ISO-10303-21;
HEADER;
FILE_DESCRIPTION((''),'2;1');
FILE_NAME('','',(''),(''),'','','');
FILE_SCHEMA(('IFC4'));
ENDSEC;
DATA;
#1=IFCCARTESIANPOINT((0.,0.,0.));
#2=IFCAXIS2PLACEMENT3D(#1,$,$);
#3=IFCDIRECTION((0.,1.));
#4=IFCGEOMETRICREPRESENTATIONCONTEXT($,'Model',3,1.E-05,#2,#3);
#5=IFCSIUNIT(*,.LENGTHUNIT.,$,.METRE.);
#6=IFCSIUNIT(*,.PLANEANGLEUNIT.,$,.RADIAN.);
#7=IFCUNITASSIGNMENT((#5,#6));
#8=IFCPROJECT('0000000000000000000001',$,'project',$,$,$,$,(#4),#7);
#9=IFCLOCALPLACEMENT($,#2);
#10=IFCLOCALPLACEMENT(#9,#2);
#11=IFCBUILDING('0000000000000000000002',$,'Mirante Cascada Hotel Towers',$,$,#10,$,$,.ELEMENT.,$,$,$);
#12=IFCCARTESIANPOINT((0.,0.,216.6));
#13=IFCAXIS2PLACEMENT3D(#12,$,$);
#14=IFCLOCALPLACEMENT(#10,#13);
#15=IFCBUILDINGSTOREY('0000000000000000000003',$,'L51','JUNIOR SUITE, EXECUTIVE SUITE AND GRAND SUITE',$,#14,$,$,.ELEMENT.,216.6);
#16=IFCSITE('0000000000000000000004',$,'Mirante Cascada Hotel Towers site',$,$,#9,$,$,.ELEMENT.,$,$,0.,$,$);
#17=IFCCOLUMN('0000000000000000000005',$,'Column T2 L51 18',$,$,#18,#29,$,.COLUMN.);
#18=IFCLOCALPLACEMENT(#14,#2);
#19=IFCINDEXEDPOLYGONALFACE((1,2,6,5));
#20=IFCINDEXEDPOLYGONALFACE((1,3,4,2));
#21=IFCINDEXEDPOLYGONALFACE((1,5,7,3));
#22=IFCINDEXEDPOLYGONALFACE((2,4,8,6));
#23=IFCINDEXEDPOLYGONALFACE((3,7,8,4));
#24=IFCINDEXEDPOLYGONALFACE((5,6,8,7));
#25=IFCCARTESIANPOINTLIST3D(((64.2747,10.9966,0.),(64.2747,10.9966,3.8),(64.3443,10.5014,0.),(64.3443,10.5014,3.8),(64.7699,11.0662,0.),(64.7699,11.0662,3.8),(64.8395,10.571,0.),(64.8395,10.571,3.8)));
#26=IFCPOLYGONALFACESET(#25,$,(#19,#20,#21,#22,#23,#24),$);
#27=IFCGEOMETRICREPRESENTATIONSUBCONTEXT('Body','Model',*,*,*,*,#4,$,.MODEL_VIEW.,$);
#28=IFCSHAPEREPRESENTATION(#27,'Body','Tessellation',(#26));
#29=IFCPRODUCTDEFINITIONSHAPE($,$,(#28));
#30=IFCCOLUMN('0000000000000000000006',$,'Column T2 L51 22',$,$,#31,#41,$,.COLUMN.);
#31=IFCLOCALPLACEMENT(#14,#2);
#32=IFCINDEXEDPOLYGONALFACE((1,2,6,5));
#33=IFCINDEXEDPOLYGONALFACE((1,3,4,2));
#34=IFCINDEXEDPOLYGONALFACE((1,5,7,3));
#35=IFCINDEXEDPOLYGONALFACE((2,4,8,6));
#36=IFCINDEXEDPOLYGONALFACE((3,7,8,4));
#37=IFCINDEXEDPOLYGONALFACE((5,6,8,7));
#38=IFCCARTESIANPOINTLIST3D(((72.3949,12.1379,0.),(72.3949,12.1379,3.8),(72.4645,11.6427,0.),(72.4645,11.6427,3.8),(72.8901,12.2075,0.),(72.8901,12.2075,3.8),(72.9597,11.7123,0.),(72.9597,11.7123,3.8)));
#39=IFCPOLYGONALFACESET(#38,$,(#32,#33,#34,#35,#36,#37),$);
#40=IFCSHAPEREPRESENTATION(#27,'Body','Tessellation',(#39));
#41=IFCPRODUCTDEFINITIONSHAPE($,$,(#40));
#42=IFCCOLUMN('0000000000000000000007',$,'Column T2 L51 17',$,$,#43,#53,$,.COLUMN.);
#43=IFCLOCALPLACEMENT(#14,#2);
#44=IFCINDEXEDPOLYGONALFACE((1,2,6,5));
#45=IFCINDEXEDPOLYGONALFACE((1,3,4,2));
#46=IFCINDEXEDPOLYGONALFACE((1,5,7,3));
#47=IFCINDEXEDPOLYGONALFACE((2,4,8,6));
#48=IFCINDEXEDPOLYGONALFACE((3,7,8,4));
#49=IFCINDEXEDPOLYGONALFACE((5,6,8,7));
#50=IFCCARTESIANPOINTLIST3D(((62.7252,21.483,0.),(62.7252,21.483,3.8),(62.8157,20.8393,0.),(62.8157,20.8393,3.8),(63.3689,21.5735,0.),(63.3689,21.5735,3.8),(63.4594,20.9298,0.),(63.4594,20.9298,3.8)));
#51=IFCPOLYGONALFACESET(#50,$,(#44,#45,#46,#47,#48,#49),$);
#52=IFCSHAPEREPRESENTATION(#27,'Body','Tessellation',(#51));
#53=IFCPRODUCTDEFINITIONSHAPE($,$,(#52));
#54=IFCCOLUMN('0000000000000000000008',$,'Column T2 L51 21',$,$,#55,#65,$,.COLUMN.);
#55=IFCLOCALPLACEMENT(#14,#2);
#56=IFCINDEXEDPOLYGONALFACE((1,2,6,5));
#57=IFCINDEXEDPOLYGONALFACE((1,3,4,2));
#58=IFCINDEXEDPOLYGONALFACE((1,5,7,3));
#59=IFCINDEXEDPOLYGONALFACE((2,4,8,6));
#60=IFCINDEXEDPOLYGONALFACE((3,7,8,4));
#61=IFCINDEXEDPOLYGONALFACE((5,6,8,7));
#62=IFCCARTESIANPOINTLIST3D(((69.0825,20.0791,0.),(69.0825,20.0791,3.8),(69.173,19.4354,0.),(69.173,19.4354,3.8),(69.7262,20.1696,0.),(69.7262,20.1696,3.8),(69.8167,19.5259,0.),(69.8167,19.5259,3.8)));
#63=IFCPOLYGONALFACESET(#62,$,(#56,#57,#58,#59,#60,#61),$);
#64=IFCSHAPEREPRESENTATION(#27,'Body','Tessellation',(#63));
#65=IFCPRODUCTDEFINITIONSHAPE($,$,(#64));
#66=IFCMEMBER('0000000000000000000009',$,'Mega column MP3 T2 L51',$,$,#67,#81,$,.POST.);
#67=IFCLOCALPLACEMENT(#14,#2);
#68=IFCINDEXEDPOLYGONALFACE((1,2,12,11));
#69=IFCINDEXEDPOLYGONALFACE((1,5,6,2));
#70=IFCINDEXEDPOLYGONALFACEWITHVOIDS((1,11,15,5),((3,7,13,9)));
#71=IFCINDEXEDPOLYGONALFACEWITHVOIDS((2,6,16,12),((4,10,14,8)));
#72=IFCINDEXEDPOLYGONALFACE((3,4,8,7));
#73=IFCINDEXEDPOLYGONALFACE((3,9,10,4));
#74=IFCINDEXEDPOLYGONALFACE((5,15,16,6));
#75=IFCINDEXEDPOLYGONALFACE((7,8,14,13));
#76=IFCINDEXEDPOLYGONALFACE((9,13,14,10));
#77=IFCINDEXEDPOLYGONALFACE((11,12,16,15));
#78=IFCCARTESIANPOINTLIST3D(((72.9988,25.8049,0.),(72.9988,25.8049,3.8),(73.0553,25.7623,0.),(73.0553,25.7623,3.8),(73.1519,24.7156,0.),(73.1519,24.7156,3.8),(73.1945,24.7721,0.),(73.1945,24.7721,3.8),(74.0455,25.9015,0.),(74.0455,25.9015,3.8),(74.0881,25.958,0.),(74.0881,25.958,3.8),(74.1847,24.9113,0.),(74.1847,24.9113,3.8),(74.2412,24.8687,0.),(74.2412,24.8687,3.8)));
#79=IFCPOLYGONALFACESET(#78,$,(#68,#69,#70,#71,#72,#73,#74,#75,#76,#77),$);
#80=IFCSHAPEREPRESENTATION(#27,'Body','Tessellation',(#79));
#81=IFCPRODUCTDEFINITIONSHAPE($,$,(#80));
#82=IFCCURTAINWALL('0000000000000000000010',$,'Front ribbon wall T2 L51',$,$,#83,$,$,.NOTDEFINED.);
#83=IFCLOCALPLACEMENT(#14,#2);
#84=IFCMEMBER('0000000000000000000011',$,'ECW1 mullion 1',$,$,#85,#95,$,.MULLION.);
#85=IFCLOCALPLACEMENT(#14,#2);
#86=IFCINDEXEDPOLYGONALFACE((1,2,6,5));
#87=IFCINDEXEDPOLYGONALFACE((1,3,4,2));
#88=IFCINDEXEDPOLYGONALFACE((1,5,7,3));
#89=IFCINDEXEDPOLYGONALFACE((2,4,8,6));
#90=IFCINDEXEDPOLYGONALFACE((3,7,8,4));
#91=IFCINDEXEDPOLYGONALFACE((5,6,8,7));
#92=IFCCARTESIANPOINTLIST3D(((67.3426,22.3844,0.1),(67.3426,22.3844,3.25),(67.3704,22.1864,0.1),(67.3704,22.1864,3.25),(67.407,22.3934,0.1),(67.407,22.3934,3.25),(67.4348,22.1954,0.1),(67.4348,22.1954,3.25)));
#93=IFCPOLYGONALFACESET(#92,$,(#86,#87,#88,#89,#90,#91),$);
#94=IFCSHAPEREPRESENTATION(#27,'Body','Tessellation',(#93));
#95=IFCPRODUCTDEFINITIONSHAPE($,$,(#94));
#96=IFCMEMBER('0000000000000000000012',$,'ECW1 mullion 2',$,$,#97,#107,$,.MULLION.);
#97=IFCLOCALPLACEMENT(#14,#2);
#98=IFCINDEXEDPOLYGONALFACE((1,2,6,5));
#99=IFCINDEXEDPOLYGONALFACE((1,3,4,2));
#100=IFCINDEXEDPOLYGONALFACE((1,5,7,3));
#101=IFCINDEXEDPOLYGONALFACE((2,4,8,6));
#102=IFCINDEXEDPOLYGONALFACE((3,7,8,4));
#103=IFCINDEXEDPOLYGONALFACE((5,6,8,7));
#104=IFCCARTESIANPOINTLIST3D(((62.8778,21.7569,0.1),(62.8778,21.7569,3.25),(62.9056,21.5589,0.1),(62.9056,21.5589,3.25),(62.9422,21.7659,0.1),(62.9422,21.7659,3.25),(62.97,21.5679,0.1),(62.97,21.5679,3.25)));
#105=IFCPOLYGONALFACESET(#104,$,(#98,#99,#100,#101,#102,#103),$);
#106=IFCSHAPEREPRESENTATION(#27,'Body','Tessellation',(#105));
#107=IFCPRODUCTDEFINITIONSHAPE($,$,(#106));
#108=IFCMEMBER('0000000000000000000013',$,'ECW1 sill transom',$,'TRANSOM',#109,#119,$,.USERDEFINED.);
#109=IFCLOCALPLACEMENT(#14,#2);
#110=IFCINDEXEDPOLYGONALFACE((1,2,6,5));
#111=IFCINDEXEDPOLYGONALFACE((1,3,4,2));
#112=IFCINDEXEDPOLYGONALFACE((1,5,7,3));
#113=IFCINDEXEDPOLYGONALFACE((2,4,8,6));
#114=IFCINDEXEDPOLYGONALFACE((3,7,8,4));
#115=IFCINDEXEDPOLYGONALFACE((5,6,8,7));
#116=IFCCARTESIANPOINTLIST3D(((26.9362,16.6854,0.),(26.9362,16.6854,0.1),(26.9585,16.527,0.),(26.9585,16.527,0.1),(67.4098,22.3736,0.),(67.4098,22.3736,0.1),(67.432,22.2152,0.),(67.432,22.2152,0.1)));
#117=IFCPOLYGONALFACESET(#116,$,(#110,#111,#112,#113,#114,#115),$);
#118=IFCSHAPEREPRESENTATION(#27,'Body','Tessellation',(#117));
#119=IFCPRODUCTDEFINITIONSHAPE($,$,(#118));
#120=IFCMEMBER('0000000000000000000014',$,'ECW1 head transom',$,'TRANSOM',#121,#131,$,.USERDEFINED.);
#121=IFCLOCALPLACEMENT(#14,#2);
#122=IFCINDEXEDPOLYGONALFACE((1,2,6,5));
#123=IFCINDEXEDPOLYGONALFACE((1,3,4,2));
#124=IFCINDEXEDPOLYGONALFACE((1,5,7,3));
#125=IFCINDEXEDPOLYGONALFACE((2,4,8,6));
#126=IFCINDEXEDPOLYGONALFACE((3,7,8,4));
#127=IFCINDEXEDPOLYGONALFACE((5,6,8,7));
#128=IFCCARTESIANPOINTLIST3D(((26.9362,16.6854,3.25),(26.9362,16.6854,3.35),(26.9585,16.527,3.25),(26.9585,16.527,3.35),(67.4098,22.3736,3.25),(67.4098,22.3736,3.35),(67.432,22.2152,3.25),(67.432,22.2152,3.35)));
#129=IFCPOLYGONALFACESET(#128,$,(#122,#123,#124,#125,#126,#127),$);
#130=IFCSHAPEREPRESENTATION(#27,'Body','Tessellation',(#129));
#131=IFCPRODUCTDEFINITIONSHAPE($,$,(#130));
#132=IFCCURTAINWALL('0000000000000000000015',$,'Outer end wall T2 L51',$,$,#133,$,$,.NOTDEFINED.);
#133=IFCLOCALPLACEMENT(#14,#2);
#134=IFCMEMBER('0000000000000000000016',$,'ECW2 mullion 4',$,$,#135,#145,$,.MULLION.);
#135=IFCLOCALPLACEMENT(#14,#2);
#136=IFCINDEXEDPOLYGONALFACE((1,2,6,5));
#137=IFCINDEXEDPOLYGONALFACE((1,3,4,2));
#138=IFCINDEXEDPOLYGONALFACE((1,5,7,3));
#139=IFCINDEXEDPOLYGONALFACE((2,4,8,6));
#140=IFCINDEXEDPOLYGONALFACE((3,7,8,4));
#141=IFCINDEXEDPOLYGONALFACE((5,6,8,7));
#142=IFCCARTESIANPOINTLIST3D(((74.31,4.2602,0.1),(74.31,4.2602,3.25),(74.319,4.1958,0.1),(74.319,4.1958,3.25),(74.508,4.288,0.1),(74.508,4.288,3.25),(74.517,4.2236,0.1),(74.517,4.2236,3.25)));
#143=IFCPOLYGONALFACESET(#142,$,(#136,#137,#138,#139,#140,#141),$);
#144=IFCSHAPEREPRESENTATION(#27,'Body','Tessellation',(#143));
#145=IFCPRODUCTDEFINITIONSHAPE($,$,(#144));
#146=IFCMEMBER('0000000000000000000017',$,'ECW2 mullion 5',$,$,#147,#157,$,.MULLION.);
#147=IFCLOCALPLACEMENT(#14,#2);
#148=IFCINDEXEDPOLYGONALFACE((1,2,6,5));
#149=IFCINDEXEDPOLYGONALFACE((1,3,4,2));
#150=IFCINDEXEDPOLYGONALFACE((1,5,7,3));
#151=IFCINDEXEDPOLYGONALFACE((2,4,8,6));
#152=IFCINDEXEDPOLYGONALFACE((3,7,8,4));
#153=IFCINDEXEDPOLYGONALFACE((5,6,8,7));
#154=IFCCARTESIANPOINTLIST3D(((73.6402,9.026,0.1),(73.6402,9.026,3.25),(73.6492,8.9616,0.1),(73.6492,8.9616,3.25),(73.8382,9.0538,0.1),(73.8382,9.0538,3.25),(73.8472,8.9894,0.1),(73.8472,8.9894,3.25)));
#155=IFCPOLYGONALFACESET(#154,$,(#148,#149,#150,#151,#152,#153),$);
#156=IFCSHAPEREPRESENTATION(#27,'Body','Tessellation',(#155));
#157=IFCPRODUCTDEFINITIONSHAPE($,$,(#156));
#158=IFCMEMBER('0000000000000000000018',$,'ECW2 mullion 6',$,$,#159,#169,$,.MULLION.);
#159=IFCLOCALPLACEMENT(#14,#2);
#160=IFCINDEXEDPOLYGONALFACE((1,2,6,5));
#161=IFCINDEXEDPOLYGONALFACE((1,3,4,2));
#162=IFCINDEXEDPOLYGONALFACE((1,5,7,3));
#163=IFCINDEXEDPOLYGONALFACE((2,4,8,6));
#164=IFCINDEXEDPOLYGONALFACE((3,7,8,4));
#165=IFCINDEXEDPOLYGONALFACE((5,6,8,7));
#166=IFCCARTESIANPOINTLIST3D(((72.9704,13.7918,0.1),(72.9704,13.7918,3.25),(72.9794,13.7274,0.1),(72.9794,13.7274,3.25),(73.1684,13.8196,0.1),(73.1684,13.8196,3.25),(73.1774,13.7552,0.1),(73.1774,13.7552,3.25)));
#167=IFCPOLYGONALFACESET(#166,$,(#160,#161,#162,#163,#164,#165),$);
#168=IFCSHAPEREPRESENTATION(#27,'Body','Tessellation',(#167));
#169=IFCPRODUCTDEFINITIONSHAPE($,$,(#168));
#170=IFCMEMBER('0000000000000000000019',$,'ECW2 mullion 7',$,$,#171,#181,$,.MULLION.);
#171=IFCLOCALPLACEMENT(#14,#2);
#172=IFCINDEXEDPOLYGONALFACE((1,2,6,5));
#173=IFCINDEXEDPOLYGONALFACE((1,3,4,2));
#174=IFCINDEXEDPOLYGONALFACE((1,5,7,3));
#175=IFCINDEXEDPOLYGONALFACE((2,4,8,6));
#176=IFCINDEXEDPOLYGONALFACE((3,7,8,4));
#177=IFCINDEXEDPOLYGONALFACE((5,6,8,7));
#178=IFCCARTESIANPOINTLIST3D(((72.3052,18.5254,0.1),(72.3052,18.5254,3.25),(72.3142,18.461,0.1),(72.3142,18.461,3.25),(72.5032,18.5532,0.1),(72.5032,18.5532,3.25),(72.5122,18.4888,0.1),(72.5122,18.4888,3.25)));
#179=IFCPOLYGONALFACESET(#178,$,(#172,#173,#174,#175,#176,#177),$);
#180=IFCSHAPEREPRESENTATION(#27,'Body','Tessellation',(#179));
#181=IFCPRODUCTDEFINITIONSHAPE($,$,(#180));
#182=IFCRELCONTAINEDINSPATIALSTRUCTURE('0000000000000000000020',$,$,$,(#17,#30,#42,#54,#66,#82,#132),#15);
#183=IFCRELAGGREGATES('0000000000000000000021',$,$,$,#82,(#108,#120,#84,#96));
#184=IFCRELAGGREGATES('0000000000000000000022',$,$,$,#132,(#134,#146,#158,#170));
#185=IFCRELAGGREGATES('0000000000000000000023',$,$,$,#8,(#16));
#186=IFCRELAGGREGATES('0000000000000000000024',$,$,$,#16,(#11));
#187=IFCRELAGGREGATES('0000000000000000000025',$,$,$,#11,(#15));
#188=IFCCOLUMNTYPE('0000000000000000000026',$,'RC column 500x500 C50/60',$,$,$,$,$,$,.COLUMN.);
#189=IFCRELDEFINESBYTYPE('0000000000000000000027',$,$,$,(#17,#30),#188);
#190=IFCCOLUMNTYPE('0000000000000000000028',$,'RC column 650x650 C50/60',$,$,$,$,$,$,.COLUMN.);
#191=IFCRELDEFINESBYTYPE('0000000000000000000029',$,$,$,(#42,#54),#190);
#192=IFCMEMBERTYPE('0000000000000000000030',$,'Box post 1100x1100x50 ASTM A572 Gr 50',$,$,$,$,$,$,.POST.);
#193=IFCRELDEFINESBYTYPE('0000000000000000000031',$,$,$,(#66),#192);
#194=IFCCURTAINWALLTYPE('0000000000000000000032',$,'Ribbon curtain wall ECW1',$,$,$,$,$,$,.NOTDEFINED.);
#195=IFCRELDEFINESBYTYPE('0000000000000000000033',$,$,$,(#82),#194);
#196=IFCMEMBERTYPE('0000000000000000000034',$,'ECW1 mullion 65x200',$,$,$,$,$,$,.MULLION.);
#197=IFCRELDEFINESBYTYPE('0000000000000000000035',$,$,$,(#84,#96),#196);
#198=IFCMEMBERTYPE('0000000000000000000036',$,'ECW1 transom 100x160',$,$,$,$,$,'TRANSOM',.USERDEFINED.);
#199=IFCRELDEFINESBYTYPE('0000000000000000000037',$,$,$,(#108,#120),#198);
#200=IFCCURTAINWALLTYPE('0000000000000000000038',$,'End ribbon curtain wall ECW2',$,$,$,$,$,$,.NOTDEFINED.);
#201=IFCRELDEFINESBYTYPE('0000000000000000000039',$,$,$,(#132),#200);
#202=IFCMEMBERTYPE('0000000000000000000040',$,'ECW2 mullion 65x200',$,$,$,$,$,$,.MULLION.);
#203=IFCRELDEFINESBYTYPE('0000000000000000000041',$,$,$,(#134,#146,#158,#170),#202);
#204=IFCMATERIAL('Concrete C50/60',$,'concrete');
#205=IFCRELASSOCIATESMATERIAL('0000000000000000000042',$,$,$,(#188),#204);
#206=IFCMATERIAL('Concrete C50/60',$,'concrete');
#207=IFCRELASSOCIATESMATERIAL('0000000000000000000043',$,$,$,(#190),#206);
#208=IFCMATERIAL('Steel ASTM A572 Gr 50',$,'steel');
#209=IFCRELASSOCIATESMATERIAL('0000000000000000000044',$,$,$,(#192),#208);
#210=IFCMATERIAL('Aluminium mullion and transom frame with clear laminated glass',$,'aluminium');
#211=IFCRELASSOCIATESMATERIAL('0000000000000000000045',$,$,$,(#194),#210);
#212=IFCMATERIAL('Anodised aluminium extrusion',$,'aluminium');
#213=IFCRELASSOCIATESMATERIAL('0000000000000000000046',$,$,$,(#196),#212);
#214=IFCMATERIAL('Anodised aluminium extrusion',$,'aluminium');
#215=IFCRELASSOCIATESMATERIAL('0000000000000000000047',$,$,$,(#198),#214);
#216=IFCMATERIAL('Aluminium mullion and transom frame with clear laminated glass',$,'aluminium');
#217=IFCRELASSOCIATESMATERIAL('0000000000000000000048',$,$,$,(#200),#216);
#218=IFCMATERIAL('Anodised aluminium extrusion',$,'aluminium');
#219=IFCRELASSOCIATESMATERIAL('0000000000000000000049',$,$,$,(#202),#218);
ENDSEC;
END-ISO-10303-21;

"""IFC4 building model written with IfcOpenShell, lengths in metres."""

from ifc_helpers import new_model, si_unit, direction, frame, origin, origin_2d, place, context, subcontext, project, spatial, rectangle, hollow_rectangle, extrude, material, material_profile, profile_set, type_object, element, aggregate, save


model = new_model("IFC4")

# Units and contexts
model_context = context("Model", 3, precision=1e-05, world=origin(), true_north=direction((0.0, 1.0)))
body_context = subcontext(model_context, "Body", "Model", "MODEL_VIEW")
ifc_project = project(units=[si_unit("LENGTHUNIT", "METRE"), si_unit("PLANEANGLEUNIT", "RADIAN")], contexts=[model_context])

# Site, building, storey
site_placement = place(None, origin())
site = spatial("IfcSite", under=ifc_project, at=site_placement, Name="Mirante Cascada Hotel Towers site", CompositionType="ELEMENT", RefElevation=0.0)
building_placement = place(site_placement, origin())
building = spatial("IfcBuilding", under=site, at=building_placement, Name="Mirante Cascada Hotel Towers", CompositionType="ELEMENT")
storey_placement = place(building_placement, frame((0.0, 0.0, 216.6)))
storey = spatial("IfcBuildingStorey", under=building, at=storey_placement, Name="L51", Description="JUNIOR SUITE, EXECUTIVE SUITE AND GRAND SUITE", CompositionType="ELEMENT", Elevation=216.6)

# Columns
ifc_material_1 = material(Name="Concrete C50/60", Category="concrete")
ifc_material_profile_1 = material_profile(ifc_material_1, rectangle(XDim=0.5, YDim=0.5, at=origin_2d()), Name="RC column 500x500 C50/60")
ifc_profile_set_1 = profile_set([ifc_material_profile_1], Name="Concrete C50/60")
column_type_1 = type_object("IfcColumnType", Name="RC column 500x500 C50/60", PredefinedType="COLUMN", material=ifc_profile_set_1)
for number, where, z_axis, x_axis, name in (
    (1, (64.5571, 10.7838, 0.0), (0.0, 0.0, 1.0), (0.990268, 0.139173, 0.0), "Column T2 L51 18"),
    (2, (72.6773, 11.9251, 0.0), (0.0, 0.0, 1.0), (0.990268, 0.139173, 0.0), "Column T2 L51 22"),
):
    element("IfcColumn", number, at=place(storey_placement, frame(where, z_axis=z_axis, x_axis=x_axis)), inside=storey, type_object=column_type_1, Name=name, PredefinedType="COLUMN", context=body_context, shape_type="SweptSolid", body=[
        extrude(rectangle(XDim=0.5, YDim=0.5, at=origin_2d()), origin(), (0.0, 0.0, 1.0), 3.8),
    ])
ifc_material_2 = material(Name="Concrete C50/60", Category="concrete")
ifc_material_profile_2 = material_profile(ifc_material_2, rectangle(XDim=0.65, YDim=0.65, at=origin_2d()), Name="RC column 650x650 C50/60")
ifc_profile_set_2 = profile_set([ifc_material_profile_2], Name="Concrete C50/60")
column_type_2 = type_object("IfcColumnType", Name="RC column 650x650 C50/60", PredefinedType="COLUMN", material=ifc_profile_set_2)
for number, where, z_axis, x_axis, name in (
    (3, (63.0923, 21.2064, 0.0), (0.0, 0.0, 1.0), (0.990268, 0.139173, 0.0), "Column T2 L51 17"),
    (4, (69.4496, 19.8025, 0.0), (0.0, 0.0, 1.0), (0.990268, 0.139173, 0.0), "Column T2 L51 21"),
):
    element("IfcColumn", number, at=place(storey_placement, frame(where, z_axis=z_axis, x_axis=x_axis)), inside=storey, type_object=column_type_2, Name=name, PredefinedType="COLUMN", context=body_context, shape_type="SweptSolid", body=[
        extrude(rectangle(XDim=0.65, YDim=0.65, at=origin_2d()), origin(), (0.0, 0.0, 1.0), 3.8),
    ])

# Member
ifc_material_3 = material(Name="Steel ASTM A572 Gr 50", Category="steel")
ifc_material_profile_3 = material_profile(ifc_material_3, hollow_rectangle(XDim=1.1, YDim=1.1, WallThickness=0.05, at=origin_2d()), Name="Box post 1100x1100x50 ASTM A572 Gr 50")
ifc_profile_set_3 = profile_set([ifc_material_profile_3], Name="Steel ASTM A572 Gr 50")
member_type_1 = type_object("IfcMemberType", Name="Box post 1100x1100x50 ASTM A572 Gr 50", PredefinedType="POST", material=ifc_profile_set_3)
member_1_placement = place(storey_placement, frame((73.62, 25.3368, 0.0), z_axis=(0.0, 0.0, 1.0), x_axis=(0.990268, 0.139173, 0.0)))
element("IfcMember", 5, at=member_1_placement, inside=storey, type_object=member_type_1, Name="Mega column MP3 T2 L51", PredefinedType="POST", context=body_context, shape_type="SweptSolid", body=[
    extrude(hollow_rectangle(XDim=1.1, YDim=1.1, WallThickness=0.05, at=origin_2d()), origin(), (0.0, 0.0, 1.0), 3.8),
])

# Curtain walls, members
ifc_material_4 = material(Name="Aluminium mullion and transom frame with clear laminated glass", Category="aluminium")
curtain_wall_type_1 = type_object("IfcCurtainWallType", Name="Ribbon curtain wall ECW1", PredefinedType="NOTDEFINED", material=ifc_material_4)
curtain_wall_1_placement = place(storey_placement, origin())
curtain_wall_1 = element("IfcCurtainWall", 6, at=curtain_wall_1_placement, inside=storey, type_object=curtain_wall_type_1, Name="Front ribbon wall T2 L51", PredefinedType="NOTDEFINED")
ifc_material_5 = material(Name="Anodised aluminium extrusion", Category="aluminium")
ifc_material_profile_4 = material_profile(ifc_material_5, rectangle(XDim=0.2, YDim=0.065, at=origin_2d()), Name="ECW1 MULLION 65x200")
ifc_profile_set_4 = profile_set([ifc_material_profile_4], Name="Anodised aluminium extrusion")
member_type_2 = type_object("IfcMemberType", Name="ECW1 mullion 65x200", PredefinedType="MULLION", material=ifc_profile_set_4)
member_2_placement = place(storey_placement, frame((67.3887, 22.2899, 0.1), z_axis=(0.0, 0.0, 1.0), x_axis=(0.139173, -0.990268, 0.0)))
member_2 = element("IfcMember", 7, at=member_2_placement, type_object=member_type_2, Name="ECW1 mullion 1", PredefinedType="MULLION", context=body_context, shape_type="SweptSolid", body=[
    extrude(rectangle(XDim=0.2, YDim=0.065, at=origin_2d()), origin(), (0.0, 0.0, 1.0), 3.15),
])
member_3_placement = place(storey_placement, frame((62.9239, 21.6624, 0.1), z_axis=(0.0, 0.0, 1.0), x_axis=(0.139173, -0.990268, 0.0)))
member_3 = element("IfcMember", 8, at=member_3_placement, type_object=member_type_2, Name="ECW1 mullion 2", PredefinedType="MULLION", context=body_context, shape_type="SweptSolid", body=[
    extrude(rectangle(XDim=0.2, YDim=0.065, at=origin_2d()), origin(), (0.0, 0.0, 1.0), 3.15),
])
ifc_material_6 = material(Name="Anodised aluminium extrusion", Category="aluminium")
ifc_material_profile_5 = material_profile(ifc_material_6, rectangle(XDim=0.16, YDim=0.1, at=origin_2d()), Name="ECW1 TRANSOM 100x160")
ifc_profile_set_5 = profile_set([ifc_material_profile_5], Name="Anodised aluminium extrusion")
member_type_3 = type_object("IfcMemberType", Name="ECW1 transom 100x160", ElementType="TRANSOM", PredefinedType="USERDEFINED", material=ifc_profile_set_5)
member_4_placement = place(storey_placement, frame((67.4209, 22.2944, 0.05), z_axis=(-0.990268, -0.139174, 0.0), x_axis=(0.139174, -0.990268, 0.0)))
member_4 = element("IfcMember", 9, at=member_4_placement, type_object=member_type_3, Name="ECW1 sill transom", ObjectType="TRANSOM", PredefinedType="USERDEFINED", context=body_context, shape_type="SweptSolid", body=[
    extrude(rectangle(XDim=0.16, YDim=0.1, at=origin_2d()), origin(), (0.0, 0.0, 1.0), 40.8713),
])
member_5_placement = place(storey_placement, frame((67.4209, 22.2944, 3.3), z_axis=(-0.990268, -0.139174, 0.0), x_axis=(0.139174, -0.990268, 0.0)))
member_5 = element("IfcMember", 10, at=member_5_placement, type_object=member_type_3, Name="ECW1 head transom", ObjectType="TRANSOM", PredefinedType="USERDEFINED", context=body_context, shape_type="SweptSolid", body=[
    extrude(rectangle(XDim=0.16, YDim=0.1, at=origin_2d()), origin(), (0.0, 0.0, 1.0), 40.8713),
])
ifc_material_7 = material(Name="Aluminium mullion and transom frame with clear laminated glass", Category="aluminium")
curtain_wall_type_2 = type_object("IfcCurtainWallType", Name="End ribbon curtain wall ECW2", PredefinedType="NOTDEFINED", material=ifc_material_7)
curtain_wall_2_placement = place(storey_placement, origin())
curtain_wall_2 = element("IfcCurtainWall", 11, at=curtain_wall_2_placement, inside=storey, type_object=curtain_wall_type_2, Name="Outer end wall T2 L51", PredefinedType="NOTDEFINED")
ifc_material_8 = material(Name="Anodised aluminium extrusion", Category="aluminium")
ifc_material_profile_6 = material_profile(ifc_material_8, rectangle(XDim=0.2, YDim=0.065, at=origin_2d()), Name="ECW2 MULLION 65x200")
ifc_profile_set_6 = profile_set([ifc_material_profile_6], Name="Anodised aluminium extrusion")
member_type_4 = type_object("IfcMemberType", Name="ECW2 mullion 65x200", PredefinedType="MULLION", material=ifc_profile_set_6)
member_6_placement = place(storey_placement, frame((74.4135, 4.2419, 0.1), z_axis=(0.0, 0.0, 1.0), x_axis=(-0.990268, -0.139173, 0.0)))
member_6 = element("IfcMember", 12, at=member_6_placement, type_object=member_type_4, Name="ECW2 mullion 4", PredefinedType="MULLION", context=body_context, shape_type="SweptSolid", body=[
    extrude(rectangle(XDim=0.2, YDim=0.065, at=origin_2d()), origin(), (0.0, 0.0, 1.0), 3.15),
])
member_7_placement = place(storey_placement, frame((73.7437, 9.0077, 0.1), z_axis=(0.0, 0.0, 1.0), x_axis=(-0.990268, -0.139173, 0.0)))
member_7 = element("IfcMember", 13, at=member_7_placement, type_object=member_type_4, Name="ECW2 mullion 5", PredefinedType="MULLION", context=body_context, shape_type="SweptSolid", body=[
    extrude(rectangle(XDim=0.2, YDim=0.065, at=origin_2d()), origin(), (0.0, 0.0, 1.0), 3.15),
])
member_8_placement = place(storey_placement, frame((73.0739, 13.7735, 0.1), z_axis=(0.0, 0.0, 1.0), x_axis=(-0.990268, -0.139173, 0.0)))
member_8 = element("IfcMember", 14, at=member_8_placement, type_object=member_type_4, Name="ECW2 mullion 6", PredefinedType="MULLION", context=body_context, shape_type="SweptSolid", body=[
    extrude(rectangle(XDim=0.2, YDim=0.065, at=origin_2d()), origin(), (0.0, 0.0, 1.0), 3.15),
])
member_9_placement = place(storey_placement, frame((72.4087, 18.5071, 0.1), z_axis=(0.0, 0.0, 1.0), x_axis=(-0.990268, -0.139173, 0.0)))
member_9 = element("IfcMember", 15, at=member_9_placement, type_object=member_type_4, Name="ECW2 mullion 7", PredefinedType="MULLION", context=body_context, shape_type="SweptSolid", body=[
    extrude(rectangle(XDim=0.2, YDim=0.065, at=origin_2d()), origin(), (0.0, 0.0, 1.0), 3.15),
])

aggregate(curtain_wall_1, [member_4, member_5, member_2, member_3])
aggregate(curtain_wall_2, [member_6, member_7, member_8, member_9])

save(model, "model.ifc")
